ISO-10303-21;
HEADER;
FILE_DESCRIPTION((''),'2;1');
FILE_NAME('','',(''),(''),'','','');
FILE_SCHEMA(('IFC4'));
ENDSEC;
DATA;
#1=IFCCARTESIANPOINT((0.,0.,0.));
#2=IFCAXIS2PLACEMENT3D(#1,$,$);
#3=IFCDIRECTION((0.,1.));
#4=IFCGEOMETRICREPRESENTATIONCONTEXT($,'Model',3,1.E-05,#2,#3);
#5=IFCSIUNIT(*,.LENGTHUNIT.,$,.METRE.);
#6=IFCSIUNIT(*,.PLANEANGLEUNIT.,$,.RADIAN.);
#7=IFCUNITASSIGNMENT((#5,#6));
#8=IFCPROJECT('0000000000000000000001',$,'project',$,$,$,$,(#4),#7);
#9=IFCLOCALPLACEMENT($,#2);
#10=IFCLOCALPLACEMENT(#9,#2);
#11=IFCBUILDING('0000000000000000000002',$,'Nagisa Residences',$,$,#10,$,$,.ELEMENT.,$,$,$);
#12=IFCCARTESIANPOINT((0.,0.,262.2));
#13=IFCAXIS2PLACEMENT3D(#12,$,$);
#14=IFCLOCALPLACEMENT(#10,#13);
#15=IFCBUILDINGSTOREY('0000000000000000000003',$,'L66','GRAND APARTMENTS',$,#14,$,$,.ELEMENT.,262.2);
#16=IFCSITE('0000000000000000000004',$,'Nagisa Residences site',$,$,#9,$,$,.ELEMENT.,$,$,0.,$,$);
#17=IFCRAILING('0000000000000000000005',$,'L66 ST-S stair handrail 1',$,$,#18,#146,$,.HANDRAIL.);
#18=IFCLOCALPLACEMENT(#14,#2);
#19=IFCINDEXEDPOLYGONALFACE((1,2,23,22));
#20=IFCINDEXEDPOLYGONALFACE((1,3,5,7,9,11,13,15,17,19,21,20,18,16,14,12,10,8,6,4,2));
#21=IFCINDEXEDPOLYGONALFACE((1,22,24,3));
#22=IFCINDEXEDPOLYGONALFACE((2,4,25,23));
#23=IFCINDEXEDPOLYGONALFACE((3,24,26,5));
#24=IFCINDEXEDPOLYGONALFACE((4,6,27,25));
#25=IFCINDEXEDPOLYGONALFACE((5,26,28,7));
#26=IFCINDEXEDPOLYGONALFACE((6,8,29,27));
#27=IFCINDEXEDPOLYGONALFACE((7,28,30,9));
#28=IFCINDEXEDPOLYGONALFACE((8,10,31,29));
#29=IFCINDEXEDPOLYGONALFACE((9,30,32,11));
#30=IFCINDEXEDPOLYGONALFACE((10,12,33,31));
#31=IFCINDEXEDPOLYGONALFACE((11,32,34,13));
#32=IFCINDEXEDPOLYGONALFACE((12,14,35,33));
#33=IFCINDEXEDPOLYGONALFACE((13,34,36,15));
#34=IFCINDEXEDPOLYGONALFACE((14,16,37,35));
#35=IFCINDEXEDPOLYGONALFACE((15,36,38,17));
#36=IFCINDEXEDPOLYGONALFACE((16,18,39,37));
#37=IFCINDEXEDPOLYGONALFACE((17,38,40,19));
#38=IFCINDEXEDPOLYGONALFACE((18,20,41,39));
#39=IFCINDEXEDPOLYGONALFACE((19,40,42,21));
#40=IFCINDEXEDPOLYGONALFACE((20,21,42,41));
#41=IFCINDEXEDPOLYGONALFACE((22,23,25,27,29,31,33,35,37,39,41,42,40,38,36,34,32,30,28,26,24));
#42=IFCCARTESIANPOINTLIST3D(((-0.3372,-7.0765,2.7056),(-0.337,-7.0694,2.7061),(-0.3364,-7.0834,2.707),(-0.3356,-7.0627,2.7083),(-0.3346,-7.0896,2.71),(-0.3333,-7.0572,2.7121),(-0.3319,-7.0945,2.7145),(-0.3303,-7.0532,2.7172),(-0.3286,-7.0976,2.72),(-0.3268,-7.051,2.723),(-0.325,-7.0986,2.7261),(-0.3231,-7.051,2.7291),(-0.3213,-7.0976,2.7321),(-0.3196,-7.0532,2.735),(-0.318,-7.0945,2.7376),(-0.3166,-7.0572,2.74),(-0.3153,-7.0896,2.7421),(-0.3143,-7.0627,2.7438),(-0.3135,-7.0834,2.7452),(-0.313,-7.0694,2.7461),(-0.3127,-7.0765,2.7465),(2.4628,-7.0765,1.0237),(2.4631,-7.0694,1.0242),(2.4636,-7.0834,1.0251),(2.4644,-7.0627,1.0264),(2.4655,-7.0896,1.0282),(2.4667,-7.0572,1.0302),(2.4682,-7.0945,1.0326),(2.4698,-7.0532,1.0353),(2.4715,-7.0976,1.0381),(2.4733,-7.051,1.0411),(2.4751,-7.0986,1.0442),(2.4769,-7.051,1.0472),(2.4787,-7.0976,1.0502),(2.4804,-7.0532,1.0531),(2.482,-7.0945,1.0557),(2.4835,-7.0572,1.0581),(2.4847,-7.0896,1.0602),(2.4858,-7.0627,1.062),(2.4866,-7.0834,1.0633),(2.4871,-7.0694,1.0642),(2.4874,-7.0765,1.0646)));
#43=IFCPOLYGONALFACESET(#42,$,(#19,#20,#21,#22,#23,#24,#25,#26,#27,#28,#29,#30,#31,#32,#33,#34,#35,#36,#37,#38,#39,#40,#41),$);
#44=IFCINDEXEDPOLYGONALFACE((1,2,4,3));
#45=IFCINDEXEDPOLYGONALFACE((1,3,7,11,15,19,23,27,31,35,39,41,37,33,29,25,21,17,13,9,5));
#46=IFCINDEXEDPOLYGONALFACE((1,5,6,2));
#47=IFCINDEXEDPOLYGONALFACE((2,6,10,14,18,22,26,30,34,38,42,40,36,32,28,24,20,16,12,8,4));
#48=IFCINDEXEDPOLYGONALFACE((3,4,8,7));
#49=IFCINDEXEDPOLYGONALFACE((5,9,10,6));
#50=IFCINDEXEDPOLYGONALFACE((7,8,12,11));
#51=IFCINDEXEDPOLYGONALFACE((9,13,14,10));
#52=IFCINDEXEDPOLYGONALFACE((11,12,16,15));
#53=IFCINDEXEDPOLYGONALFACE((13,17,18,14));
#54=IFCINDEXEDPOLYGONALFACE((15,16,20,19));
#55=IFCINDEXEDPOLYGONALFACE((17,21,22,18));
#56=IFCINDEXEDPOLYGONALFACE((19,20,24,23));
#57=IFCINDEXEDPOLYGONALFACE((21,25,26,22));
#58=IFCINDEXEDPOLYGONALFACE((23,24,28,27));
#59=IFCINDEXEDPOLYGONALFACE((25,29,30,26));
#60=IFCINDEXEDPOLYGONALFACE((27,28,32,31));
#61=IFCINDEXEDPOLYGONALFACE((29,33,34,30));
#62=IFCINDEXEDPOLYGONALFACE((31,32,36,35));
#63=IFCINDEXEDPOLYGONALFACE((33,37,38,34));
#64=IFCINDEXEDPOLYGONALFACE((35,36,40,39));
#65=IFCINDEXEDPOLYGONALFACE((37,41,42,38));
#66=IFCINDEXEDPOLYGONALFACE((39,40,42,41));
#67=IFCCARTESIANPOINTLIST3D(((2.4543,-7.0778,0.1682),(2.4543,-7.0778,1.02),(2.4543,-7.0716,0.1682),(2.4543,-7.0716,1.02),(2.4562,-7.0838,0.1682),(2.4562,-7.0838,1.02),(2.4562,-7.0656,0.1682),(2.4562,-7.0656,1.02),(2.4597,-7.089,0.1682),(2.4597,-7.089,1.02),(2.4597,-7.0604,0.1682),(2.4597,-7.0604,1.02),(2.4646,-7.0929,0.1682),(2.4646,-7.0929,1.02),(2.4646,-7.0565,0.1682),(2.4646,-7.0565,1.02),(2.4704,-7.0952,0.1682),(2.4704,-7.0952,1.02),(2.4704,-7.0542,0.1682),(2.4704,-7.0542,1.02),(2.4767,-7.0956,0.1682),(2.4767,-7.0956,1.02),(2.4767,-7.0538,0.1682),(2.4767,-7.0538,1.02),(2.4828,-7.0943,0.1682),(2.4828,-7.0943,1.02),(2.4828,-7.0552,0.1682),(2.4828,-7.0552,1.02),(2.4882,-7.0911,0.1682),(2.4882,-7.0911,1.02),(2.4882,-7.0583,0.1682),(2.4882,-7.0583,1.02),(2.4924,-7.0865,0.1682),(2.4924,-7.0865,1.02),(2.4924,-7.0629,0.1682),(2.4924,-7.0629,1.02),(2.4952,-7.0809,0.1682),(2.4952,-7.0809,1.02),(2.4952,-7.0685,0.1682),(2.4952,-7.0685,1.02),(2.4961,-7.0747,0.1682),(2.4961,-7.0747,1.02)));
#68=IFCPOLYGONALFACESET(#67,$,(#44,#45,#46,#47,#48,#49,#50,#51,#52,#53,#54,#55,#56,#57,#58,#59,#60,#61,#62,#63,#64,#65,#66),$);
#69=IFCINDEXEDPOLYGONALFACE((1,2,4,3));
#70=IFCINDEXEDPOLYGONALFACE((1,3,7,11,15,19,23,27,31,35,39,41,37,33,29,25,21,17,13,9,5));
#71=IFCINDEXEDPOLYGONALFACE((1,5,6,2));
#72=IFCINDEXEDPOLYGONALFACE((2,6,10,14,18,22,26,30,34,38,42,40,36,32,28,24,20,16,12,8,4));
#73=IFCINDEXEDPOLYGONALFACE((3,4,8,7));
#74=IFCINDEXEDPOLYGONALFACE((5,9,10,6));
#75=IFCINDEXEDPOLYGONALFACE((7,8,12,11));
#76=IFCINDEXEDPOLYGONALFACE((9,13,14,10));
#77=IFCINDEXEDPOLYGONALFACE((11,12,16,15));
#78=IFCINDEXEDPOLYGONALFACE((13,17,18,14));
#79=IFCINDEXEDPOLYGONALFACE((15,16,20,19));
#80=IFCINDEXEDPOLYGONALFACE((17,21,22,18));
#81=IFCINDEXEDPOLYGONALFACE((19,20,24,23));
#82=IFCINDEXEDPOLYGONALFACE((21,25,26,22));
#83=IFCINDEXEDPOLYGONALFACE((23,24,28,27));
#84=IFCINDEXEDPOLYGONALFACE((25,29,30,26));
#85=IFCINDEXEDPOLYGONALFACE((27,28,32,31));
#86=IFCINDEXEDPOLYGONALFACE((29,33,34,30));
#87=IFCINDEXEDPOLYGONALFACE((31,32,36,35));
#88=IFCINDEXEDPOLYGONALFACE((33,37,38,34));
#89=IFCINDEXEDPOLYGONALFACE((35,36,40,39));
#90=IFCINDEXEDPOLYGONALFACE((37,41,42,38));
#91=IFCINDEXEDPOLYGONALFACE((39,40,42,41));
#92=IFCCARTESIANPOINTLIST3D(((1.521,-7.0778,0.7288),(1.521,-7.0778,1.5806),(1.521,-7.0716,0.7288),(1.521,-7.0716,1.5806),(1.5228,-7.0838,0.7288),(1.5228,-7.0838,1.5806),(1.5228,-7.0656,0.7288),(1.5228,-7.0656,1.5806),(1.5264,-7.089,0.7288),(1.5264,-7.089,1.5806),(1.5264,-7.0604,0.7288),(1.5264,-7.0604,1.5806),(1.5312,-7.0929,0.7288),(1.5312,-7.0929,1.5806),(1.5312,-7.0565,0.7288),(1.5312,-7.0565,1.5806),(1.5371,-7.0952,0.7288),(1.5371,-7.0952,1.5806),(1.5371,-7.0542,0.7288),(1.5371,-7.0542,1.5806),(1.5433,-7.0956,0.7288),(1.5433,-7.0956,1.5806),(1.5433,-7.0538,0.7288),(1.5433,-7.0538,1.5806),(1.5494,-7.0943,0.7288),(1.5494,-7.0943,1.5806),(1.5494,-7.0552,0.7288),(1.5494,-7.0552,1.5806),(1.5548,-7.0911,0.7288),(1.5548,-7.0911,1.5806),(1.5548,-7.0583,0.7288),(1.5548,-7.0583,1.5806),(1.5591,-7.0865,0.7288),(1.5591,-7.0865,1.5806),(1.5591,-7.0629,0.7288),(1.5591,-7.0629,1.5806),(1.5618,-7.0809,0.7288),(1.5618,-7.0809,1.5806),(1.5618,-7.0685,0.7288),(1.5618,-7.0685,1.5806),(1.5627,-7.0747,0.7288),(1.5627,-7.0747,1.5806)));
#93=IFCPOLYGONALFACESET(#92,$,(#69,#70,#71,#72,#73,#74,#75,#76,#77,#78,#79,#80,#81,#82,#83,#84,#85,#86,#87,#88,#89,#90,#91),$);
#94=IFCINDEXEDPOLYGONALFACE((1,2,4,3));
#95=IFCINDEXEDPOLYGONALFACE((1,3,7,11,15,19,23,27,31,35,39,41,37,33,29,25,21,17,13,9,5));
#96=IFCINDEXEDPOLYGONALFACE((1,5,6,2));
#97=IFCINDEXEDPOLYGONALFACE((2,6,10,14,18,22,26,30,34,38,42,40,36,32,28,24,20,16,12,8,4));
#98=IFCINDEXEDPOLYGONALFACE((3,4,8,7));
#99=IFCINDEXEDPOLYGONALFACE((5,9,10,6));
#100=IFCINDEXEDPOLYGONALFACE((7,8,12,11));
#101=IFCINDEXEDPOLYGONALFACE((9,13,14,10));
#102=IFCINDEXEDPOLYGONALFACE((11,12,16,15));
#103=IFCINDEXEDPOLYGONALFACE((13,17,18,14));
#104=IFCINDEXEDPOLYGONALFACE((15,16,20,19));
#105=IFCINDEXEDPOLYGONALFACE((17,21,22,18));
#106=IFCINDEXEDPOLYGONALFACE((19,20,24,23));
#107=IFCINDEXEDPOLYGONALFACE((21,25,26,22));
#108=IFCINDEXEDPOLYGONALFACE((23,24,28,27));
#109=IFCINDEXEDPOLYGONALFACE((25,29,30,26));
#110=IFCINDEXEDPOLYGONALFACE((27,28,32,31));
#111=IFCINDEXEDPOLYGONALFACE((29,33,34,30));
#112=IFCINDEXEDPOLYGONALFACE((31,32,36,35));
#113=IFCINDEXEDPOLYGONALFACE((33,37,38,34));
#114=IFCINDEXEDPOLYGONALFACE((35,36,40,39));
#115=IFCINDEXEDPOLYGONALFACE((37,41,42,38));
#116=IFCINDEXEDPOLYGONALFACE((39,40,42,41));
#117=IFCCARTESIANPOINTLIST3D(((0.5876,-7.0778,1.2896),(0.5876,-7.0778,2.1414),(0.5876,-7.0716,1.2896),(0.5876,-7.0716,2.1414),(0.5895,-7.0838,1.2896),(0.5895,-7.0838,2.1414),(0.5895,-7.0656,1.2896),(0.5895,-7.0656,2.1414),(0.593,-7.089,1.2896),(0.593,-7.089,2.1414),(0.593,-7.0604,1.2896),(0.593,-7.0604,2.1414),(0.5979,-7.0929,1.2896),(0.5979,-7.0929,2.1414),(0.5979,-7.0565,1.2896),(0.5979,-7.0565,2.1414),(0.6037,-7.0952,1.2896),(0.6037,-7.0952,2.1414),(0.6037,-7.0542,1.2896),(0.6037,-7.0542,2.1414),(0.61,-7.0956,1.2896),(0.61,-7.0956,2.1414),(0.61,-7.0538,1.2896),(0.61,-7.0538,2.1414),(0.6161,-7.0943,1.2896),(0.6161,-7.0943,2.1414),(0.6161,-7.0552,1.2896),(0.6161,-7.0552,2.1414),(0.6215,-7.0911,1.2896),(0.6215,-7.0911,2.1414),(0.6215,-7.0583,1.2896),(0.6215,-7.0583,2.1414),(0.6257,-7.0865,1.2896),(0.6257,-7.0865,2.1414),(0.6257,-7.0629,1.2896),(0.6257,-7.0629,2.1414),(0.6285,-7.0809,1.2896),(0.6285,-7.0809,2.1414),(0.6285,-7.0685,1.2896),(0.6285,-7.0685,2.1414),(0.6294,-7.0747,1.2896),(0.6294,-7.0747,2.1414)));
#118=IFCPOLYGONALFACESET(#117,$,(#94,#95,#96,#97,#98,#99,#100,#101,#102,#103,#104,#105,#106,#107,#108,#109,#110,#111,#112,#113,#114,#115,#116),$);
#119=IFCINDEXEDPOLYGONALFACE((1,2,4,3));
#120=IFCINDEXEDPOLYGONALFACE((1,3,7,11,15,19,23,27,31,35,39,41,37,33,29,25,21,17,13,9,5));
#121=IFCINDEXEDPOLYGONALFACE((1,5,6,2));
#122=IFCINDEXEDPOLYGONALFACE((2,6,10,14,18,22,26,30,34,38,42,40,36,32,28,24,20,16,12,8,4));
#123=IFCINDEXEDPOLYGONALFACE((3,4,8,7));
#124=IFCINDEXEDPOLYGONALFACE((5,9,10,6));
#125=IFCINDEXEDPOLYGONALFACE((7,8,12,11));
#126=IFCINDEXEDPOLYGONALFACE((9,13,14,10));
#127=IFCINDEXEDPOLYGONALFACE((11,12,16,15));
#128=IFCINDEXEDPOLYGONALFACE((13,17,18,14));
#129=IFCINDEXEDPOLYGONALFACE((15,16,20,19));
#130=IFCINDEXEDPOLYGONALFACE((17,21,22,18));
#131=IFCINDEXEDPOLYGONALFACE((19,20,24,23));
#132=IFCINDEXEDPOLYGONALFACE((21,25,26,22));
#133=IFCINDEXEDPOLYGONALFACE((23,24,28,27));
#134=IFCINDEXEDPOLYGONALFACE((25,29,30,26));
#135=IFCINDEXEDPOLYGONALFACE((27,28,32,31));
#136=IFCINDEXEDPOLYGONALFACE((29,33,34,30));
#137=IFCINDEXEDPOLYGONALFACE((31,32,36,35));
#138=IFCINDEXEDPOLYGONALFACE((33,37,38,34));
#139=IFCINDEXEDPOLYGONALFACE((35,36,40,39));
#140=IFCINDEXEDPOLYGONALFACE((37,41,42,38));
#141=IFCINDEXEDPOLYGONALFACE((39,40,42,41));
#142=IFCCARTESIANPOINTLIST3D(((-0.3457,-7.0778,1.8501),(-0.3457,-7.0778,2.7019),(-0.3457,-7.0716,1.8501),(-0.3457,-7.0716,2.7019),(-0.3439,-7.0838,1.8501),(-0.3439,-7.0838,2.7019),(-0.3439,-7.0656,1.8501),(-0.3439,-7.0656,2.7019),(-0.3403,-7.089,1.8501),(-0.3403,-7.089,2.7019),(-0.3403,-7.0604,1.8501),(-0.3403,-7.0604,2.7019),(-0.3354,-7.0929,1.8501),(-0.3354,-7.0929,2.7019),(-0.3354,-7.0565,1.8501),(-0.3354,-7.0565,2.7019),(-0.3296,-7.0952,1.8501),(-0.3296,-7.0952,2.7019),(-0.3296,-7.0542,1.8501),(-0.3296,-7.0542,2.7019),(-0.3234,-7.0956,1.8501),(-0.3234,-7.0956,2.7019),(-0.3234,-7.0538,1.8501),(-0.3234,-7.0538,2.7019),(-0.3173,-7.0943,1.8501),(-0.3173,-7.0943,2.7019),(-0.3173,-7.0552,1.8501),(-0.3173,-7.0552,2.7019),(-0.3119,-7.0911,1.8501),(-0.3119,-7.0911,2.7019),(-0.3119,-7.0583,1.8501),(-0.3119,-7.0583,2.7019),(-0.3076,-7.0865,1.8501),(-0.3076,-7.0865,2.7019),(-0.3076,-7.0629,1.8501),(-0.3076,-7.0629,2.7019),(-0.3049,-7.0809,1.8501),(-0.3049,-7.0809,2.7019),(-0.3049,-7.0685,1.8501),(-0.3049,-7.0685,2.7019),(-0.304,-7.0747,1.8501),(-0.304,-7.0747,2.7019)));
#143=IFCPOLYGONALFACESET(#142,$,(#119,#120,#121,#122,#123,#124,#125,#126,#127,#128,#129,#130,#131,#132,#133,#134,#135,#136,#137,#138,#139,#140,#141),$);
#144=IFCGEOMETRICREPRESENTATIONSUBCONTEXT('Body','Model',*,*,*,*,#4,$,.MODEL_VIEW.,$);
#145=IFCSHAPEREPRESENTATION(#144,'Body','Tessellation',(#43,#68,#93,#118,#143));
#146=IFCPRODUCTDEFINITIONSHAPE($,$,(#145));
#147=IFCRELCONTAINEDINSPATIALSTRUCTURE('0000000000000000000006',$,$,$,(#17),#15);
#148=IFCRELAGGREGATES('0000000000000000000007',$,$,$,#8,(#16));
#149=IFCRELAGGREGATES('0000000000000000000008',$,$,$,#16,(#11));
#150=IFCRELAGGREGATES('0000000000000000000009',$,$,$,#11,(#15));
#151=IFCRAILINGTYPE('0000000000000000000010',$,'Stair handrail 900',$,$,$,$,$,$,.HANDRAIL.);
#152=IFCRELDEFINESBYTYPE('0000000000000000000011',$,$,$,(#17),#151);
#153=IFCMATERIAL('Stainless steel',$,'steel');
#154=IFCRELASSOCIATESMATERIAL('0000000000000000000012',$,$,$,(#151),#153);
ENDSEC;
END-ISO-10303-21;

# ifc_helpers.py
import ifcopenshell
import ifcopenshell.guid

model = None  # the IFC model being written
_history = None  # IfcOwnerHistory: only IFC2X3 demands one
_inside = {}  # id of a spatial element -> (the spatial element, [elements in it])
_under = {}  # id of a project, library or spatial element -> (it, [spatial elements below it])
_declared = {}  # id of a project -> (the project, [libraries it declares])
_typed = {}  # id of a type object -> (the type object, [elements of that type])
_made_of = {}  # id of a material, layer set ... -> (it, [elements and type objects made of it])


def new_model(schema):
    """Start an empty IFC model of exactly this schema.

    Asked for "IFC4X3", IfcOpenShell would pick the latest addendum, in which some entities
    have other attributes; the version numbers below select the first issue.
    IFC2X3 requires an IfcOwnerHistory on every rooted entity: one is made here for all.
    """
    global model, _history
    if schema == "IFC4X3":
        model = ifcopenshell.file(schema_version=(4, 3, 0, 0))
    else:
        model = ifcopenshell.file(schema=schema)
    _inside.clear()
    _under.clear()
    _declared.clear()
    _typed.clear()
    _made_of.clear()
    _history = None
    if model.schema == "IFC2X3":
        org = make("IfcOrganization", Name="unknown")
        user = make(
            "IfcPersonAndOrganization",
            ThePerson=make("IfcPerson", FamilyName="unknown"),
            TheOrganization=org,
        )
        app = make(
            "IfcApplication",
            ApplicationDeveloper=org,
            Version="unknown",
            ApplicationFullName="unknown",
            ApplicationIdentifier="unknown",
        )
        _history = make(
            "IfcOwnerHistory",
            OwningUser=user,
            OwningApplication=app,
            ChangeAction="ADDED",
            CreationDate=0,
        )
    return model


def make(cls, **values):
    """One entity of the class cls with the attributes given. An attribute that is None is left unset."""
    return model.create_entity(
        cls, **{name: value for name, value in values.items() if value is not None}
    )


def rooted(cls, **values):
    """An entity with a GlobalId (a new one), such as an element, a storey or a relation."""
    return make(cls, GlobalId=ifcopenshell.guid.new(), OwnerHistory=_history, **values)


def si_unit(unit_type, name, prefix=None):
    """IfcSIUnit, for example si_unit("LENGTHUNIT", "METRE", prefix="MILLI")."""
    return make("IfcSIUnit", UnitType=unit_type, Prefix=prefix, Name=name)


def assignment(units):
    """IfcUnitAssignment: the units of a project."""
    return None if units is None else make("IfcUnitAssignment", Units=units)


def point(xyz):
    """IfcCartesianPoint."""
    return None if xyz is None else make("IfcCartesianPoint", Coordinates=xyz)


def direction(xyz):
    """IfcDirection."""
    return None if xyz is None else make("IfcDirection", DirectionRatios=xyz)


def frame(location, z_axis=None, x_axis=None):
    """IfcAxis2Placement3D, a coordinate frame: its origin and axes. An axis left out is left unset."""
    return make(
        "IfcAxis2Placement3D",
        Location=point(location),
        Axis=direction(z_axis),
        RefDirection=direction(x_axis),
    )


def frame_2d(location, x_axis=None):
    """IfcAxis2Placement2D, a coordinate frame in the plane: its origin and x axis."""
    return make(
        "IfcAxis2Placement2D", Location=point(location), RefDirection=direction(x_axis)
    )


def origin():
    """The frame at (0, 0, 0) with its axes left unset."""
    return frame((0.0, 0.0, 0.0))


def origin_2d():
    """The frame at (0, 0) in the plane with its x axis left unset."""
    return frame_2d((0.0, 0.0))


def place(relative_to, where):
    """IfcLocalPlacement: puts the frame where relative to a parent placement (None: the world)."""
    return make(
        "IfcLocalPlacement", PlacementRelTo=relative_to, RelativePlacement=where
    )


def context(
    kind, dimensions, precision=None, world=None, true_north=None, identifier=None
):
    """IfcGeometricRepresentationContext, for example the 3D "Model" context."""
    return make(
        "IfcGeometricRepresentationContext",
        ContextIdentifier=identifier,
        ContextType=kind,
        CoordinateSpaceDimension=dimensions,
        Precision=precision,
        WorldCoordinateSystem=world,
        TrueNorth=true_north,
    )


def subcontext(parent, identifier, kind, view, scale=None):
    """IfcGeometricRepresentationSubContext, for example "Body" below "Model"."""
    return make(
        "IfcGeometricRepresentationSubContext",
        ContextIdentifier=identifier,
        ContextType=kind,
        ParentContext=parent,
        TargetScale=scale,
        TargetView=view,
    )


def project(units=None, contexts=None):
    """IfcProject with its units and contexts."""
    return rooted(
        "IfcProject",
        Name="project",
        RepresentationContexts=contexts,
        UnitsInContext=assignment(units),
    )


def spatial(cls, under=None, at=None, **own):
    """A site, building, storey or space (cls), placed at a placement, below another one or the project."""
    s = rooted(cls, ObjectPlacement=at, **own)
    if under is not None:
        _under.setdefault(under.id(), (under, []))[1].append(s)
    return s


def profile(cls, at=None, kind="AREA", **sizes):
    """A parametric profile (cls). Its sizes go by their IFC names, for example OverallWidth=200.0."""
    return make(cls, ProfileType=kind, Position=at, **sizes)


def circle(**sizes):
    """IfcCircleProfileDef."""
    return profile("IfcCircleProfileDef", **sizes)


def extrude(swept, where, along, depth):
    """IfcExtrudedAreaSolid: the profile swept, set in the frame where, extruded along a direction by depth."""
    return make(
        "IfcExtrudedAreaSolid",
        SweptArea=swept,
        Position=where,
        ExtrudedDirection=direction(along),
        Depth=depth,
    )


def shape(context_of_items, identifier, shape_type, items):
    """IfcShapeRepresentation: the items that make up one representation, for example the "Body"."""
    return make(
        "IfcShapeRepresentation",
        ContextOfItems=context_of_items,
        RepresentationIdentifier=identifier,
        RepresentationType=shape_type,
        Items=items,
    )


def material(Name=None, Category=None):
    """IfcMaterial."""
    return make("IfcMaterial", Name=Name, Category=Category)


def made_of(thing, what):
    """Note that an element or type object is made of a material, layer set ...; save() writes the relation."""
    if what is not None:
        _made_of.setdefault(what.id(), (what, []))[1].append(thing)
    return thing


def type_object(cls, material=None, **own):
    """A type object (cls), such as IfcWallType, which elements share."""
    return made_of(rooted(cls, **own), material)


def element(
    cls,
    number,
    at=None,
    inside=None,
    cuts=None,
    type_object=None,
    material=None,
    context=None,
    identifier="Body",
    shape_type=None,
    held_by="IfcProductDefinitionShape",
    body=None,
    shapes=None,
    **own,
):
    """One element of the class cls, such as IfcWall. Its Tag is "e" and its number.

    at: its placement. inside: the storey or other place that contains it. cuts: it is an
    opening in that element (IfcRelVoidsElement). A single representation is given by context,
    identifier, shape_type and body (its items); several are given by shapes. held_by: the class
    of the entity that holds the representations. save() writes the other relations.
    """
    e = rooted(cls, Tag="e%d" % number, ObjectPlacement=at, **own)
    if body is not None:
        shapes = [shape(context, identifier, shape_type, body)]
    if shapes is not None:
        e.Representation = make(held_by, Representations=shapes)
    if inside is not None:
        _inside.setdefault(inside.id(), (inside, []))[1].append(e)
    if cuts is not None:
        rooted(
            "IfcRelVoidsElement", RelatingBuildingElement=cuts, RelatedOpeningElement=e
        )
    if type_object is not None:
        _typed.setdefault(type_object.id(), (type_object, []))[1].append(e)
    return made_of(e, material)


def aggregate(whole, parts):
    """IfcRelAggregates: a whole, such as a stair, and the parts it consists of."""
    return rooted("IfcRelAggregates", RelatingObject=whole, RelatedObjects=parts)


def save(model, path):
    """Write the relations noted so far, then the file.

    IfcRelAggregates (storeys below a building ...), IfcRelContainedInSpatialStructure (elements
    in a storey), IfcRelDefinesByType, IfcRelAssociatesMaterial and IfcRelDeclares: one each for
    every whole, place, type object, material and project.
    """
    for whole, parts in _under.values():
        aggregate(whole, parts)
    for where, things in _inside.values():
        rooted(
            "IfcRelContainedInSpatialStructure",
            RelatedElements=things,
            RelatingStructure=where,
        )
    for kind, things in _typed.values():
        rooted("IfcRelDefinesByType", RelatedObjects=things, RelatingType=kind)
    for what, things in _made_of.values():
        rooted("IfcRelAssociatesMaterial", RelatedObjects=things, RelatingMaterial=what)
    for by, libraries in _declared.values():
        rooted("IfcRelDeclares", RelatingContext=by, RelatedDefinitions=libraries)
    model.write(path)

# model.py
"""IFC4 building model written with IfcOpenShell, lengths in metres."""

from ifc_helpers import new_model, si_unit, direction, frame, origin, origin_2d, place, context, subcontext, project, spatial, circle, extrude, material, type_object, element, save


model = new_model("IFC4")

# Units and contexts
model_context = context("Model", 3, precision=1e-05, world=origin(), true_north=direction((0.0, 1.0)))
body_context = subcontext(model_context, "Body", "Model", "MODEL_VIEW")
ifc_project = project(units=[si_unit("LENGTHUNIT", "METRE"), si_unit("PLANEANGLEUNIT", "RADIAN")], contexts=[model_context])

# Site, building, storey
site_placement = place(None, origin())
site = spatial("IfcSite", under=ifc_project, at=site_placement, Name="Nagisa Residences site", CompositionType="ELEMENT", RefElevation=0.0)
building_placement = place(site_placement, origin())
building = spatial("IfcBuilding", under=site, at=building_placement, Name="Nagisa Residences", CompositionType="ELEMENT")
storey_placement = place(building_placement, frame((0.0, 0.0, 262.2)))
storey = spatial("IfcBuildingStorey", under=building, at=storey_placement, Name="L66", Description="GRAND APARTMENTS", CompositionType="ELEMENT", Elevation=262.2)

# Railing
ifc_material_1 = material(Name="Stainless steel", Category="steel")
railing_type_1 = type_object("IfcRailingType", Name="Stair handrail 900", PredefinedType="HANDRAIL", material=ifc_material_1)
railing_1_placement = place(storey_placement, frame((2.4751, -7.0747, 0.1682)))
element("IfcRailing", 1, at=railing_1_placement, inside=storey, type_object=railing_type_1, Name="L66 ST-S stair handrail 1", PredefinedType="HANDRAIL", context=body_context, shape_type="SweptSolid", body=[
    extrude(circle(Radius=0.0239, at=origin_2d()), frame((0.0, 0.0, 0.876), z_axis=(-0.857242, 0.0, 0.514913), x_axis=(0.0, -1.0, 0.0)), (0.0, 0.0, 1.0), 3.2664),
    extrude(circle(Radius=0.021, at=origin_2d()), origin(), (0.0, 0.0, 1.0), 0.8518),
    extrude(circle(Radius=0.021, at=origin_2d()), frame((-0.9333, 0.0, 0.5605)), (0.0, 0.0, 1.0), 0.8518),
    extrude(circle(Radius=0.021, at=origin_2d()), frame((-1.8667, 0.0, 1.1213)), (0.0, 0.0, 1.0), 0.8518),
    extrude(circle(Radius=0.021, at=origin_2d()), frame((-2.8, 0.0, 1.6819)), (0.0, 0.0, 1.0), 0.8518),
])

save(model, "model.ifc")
